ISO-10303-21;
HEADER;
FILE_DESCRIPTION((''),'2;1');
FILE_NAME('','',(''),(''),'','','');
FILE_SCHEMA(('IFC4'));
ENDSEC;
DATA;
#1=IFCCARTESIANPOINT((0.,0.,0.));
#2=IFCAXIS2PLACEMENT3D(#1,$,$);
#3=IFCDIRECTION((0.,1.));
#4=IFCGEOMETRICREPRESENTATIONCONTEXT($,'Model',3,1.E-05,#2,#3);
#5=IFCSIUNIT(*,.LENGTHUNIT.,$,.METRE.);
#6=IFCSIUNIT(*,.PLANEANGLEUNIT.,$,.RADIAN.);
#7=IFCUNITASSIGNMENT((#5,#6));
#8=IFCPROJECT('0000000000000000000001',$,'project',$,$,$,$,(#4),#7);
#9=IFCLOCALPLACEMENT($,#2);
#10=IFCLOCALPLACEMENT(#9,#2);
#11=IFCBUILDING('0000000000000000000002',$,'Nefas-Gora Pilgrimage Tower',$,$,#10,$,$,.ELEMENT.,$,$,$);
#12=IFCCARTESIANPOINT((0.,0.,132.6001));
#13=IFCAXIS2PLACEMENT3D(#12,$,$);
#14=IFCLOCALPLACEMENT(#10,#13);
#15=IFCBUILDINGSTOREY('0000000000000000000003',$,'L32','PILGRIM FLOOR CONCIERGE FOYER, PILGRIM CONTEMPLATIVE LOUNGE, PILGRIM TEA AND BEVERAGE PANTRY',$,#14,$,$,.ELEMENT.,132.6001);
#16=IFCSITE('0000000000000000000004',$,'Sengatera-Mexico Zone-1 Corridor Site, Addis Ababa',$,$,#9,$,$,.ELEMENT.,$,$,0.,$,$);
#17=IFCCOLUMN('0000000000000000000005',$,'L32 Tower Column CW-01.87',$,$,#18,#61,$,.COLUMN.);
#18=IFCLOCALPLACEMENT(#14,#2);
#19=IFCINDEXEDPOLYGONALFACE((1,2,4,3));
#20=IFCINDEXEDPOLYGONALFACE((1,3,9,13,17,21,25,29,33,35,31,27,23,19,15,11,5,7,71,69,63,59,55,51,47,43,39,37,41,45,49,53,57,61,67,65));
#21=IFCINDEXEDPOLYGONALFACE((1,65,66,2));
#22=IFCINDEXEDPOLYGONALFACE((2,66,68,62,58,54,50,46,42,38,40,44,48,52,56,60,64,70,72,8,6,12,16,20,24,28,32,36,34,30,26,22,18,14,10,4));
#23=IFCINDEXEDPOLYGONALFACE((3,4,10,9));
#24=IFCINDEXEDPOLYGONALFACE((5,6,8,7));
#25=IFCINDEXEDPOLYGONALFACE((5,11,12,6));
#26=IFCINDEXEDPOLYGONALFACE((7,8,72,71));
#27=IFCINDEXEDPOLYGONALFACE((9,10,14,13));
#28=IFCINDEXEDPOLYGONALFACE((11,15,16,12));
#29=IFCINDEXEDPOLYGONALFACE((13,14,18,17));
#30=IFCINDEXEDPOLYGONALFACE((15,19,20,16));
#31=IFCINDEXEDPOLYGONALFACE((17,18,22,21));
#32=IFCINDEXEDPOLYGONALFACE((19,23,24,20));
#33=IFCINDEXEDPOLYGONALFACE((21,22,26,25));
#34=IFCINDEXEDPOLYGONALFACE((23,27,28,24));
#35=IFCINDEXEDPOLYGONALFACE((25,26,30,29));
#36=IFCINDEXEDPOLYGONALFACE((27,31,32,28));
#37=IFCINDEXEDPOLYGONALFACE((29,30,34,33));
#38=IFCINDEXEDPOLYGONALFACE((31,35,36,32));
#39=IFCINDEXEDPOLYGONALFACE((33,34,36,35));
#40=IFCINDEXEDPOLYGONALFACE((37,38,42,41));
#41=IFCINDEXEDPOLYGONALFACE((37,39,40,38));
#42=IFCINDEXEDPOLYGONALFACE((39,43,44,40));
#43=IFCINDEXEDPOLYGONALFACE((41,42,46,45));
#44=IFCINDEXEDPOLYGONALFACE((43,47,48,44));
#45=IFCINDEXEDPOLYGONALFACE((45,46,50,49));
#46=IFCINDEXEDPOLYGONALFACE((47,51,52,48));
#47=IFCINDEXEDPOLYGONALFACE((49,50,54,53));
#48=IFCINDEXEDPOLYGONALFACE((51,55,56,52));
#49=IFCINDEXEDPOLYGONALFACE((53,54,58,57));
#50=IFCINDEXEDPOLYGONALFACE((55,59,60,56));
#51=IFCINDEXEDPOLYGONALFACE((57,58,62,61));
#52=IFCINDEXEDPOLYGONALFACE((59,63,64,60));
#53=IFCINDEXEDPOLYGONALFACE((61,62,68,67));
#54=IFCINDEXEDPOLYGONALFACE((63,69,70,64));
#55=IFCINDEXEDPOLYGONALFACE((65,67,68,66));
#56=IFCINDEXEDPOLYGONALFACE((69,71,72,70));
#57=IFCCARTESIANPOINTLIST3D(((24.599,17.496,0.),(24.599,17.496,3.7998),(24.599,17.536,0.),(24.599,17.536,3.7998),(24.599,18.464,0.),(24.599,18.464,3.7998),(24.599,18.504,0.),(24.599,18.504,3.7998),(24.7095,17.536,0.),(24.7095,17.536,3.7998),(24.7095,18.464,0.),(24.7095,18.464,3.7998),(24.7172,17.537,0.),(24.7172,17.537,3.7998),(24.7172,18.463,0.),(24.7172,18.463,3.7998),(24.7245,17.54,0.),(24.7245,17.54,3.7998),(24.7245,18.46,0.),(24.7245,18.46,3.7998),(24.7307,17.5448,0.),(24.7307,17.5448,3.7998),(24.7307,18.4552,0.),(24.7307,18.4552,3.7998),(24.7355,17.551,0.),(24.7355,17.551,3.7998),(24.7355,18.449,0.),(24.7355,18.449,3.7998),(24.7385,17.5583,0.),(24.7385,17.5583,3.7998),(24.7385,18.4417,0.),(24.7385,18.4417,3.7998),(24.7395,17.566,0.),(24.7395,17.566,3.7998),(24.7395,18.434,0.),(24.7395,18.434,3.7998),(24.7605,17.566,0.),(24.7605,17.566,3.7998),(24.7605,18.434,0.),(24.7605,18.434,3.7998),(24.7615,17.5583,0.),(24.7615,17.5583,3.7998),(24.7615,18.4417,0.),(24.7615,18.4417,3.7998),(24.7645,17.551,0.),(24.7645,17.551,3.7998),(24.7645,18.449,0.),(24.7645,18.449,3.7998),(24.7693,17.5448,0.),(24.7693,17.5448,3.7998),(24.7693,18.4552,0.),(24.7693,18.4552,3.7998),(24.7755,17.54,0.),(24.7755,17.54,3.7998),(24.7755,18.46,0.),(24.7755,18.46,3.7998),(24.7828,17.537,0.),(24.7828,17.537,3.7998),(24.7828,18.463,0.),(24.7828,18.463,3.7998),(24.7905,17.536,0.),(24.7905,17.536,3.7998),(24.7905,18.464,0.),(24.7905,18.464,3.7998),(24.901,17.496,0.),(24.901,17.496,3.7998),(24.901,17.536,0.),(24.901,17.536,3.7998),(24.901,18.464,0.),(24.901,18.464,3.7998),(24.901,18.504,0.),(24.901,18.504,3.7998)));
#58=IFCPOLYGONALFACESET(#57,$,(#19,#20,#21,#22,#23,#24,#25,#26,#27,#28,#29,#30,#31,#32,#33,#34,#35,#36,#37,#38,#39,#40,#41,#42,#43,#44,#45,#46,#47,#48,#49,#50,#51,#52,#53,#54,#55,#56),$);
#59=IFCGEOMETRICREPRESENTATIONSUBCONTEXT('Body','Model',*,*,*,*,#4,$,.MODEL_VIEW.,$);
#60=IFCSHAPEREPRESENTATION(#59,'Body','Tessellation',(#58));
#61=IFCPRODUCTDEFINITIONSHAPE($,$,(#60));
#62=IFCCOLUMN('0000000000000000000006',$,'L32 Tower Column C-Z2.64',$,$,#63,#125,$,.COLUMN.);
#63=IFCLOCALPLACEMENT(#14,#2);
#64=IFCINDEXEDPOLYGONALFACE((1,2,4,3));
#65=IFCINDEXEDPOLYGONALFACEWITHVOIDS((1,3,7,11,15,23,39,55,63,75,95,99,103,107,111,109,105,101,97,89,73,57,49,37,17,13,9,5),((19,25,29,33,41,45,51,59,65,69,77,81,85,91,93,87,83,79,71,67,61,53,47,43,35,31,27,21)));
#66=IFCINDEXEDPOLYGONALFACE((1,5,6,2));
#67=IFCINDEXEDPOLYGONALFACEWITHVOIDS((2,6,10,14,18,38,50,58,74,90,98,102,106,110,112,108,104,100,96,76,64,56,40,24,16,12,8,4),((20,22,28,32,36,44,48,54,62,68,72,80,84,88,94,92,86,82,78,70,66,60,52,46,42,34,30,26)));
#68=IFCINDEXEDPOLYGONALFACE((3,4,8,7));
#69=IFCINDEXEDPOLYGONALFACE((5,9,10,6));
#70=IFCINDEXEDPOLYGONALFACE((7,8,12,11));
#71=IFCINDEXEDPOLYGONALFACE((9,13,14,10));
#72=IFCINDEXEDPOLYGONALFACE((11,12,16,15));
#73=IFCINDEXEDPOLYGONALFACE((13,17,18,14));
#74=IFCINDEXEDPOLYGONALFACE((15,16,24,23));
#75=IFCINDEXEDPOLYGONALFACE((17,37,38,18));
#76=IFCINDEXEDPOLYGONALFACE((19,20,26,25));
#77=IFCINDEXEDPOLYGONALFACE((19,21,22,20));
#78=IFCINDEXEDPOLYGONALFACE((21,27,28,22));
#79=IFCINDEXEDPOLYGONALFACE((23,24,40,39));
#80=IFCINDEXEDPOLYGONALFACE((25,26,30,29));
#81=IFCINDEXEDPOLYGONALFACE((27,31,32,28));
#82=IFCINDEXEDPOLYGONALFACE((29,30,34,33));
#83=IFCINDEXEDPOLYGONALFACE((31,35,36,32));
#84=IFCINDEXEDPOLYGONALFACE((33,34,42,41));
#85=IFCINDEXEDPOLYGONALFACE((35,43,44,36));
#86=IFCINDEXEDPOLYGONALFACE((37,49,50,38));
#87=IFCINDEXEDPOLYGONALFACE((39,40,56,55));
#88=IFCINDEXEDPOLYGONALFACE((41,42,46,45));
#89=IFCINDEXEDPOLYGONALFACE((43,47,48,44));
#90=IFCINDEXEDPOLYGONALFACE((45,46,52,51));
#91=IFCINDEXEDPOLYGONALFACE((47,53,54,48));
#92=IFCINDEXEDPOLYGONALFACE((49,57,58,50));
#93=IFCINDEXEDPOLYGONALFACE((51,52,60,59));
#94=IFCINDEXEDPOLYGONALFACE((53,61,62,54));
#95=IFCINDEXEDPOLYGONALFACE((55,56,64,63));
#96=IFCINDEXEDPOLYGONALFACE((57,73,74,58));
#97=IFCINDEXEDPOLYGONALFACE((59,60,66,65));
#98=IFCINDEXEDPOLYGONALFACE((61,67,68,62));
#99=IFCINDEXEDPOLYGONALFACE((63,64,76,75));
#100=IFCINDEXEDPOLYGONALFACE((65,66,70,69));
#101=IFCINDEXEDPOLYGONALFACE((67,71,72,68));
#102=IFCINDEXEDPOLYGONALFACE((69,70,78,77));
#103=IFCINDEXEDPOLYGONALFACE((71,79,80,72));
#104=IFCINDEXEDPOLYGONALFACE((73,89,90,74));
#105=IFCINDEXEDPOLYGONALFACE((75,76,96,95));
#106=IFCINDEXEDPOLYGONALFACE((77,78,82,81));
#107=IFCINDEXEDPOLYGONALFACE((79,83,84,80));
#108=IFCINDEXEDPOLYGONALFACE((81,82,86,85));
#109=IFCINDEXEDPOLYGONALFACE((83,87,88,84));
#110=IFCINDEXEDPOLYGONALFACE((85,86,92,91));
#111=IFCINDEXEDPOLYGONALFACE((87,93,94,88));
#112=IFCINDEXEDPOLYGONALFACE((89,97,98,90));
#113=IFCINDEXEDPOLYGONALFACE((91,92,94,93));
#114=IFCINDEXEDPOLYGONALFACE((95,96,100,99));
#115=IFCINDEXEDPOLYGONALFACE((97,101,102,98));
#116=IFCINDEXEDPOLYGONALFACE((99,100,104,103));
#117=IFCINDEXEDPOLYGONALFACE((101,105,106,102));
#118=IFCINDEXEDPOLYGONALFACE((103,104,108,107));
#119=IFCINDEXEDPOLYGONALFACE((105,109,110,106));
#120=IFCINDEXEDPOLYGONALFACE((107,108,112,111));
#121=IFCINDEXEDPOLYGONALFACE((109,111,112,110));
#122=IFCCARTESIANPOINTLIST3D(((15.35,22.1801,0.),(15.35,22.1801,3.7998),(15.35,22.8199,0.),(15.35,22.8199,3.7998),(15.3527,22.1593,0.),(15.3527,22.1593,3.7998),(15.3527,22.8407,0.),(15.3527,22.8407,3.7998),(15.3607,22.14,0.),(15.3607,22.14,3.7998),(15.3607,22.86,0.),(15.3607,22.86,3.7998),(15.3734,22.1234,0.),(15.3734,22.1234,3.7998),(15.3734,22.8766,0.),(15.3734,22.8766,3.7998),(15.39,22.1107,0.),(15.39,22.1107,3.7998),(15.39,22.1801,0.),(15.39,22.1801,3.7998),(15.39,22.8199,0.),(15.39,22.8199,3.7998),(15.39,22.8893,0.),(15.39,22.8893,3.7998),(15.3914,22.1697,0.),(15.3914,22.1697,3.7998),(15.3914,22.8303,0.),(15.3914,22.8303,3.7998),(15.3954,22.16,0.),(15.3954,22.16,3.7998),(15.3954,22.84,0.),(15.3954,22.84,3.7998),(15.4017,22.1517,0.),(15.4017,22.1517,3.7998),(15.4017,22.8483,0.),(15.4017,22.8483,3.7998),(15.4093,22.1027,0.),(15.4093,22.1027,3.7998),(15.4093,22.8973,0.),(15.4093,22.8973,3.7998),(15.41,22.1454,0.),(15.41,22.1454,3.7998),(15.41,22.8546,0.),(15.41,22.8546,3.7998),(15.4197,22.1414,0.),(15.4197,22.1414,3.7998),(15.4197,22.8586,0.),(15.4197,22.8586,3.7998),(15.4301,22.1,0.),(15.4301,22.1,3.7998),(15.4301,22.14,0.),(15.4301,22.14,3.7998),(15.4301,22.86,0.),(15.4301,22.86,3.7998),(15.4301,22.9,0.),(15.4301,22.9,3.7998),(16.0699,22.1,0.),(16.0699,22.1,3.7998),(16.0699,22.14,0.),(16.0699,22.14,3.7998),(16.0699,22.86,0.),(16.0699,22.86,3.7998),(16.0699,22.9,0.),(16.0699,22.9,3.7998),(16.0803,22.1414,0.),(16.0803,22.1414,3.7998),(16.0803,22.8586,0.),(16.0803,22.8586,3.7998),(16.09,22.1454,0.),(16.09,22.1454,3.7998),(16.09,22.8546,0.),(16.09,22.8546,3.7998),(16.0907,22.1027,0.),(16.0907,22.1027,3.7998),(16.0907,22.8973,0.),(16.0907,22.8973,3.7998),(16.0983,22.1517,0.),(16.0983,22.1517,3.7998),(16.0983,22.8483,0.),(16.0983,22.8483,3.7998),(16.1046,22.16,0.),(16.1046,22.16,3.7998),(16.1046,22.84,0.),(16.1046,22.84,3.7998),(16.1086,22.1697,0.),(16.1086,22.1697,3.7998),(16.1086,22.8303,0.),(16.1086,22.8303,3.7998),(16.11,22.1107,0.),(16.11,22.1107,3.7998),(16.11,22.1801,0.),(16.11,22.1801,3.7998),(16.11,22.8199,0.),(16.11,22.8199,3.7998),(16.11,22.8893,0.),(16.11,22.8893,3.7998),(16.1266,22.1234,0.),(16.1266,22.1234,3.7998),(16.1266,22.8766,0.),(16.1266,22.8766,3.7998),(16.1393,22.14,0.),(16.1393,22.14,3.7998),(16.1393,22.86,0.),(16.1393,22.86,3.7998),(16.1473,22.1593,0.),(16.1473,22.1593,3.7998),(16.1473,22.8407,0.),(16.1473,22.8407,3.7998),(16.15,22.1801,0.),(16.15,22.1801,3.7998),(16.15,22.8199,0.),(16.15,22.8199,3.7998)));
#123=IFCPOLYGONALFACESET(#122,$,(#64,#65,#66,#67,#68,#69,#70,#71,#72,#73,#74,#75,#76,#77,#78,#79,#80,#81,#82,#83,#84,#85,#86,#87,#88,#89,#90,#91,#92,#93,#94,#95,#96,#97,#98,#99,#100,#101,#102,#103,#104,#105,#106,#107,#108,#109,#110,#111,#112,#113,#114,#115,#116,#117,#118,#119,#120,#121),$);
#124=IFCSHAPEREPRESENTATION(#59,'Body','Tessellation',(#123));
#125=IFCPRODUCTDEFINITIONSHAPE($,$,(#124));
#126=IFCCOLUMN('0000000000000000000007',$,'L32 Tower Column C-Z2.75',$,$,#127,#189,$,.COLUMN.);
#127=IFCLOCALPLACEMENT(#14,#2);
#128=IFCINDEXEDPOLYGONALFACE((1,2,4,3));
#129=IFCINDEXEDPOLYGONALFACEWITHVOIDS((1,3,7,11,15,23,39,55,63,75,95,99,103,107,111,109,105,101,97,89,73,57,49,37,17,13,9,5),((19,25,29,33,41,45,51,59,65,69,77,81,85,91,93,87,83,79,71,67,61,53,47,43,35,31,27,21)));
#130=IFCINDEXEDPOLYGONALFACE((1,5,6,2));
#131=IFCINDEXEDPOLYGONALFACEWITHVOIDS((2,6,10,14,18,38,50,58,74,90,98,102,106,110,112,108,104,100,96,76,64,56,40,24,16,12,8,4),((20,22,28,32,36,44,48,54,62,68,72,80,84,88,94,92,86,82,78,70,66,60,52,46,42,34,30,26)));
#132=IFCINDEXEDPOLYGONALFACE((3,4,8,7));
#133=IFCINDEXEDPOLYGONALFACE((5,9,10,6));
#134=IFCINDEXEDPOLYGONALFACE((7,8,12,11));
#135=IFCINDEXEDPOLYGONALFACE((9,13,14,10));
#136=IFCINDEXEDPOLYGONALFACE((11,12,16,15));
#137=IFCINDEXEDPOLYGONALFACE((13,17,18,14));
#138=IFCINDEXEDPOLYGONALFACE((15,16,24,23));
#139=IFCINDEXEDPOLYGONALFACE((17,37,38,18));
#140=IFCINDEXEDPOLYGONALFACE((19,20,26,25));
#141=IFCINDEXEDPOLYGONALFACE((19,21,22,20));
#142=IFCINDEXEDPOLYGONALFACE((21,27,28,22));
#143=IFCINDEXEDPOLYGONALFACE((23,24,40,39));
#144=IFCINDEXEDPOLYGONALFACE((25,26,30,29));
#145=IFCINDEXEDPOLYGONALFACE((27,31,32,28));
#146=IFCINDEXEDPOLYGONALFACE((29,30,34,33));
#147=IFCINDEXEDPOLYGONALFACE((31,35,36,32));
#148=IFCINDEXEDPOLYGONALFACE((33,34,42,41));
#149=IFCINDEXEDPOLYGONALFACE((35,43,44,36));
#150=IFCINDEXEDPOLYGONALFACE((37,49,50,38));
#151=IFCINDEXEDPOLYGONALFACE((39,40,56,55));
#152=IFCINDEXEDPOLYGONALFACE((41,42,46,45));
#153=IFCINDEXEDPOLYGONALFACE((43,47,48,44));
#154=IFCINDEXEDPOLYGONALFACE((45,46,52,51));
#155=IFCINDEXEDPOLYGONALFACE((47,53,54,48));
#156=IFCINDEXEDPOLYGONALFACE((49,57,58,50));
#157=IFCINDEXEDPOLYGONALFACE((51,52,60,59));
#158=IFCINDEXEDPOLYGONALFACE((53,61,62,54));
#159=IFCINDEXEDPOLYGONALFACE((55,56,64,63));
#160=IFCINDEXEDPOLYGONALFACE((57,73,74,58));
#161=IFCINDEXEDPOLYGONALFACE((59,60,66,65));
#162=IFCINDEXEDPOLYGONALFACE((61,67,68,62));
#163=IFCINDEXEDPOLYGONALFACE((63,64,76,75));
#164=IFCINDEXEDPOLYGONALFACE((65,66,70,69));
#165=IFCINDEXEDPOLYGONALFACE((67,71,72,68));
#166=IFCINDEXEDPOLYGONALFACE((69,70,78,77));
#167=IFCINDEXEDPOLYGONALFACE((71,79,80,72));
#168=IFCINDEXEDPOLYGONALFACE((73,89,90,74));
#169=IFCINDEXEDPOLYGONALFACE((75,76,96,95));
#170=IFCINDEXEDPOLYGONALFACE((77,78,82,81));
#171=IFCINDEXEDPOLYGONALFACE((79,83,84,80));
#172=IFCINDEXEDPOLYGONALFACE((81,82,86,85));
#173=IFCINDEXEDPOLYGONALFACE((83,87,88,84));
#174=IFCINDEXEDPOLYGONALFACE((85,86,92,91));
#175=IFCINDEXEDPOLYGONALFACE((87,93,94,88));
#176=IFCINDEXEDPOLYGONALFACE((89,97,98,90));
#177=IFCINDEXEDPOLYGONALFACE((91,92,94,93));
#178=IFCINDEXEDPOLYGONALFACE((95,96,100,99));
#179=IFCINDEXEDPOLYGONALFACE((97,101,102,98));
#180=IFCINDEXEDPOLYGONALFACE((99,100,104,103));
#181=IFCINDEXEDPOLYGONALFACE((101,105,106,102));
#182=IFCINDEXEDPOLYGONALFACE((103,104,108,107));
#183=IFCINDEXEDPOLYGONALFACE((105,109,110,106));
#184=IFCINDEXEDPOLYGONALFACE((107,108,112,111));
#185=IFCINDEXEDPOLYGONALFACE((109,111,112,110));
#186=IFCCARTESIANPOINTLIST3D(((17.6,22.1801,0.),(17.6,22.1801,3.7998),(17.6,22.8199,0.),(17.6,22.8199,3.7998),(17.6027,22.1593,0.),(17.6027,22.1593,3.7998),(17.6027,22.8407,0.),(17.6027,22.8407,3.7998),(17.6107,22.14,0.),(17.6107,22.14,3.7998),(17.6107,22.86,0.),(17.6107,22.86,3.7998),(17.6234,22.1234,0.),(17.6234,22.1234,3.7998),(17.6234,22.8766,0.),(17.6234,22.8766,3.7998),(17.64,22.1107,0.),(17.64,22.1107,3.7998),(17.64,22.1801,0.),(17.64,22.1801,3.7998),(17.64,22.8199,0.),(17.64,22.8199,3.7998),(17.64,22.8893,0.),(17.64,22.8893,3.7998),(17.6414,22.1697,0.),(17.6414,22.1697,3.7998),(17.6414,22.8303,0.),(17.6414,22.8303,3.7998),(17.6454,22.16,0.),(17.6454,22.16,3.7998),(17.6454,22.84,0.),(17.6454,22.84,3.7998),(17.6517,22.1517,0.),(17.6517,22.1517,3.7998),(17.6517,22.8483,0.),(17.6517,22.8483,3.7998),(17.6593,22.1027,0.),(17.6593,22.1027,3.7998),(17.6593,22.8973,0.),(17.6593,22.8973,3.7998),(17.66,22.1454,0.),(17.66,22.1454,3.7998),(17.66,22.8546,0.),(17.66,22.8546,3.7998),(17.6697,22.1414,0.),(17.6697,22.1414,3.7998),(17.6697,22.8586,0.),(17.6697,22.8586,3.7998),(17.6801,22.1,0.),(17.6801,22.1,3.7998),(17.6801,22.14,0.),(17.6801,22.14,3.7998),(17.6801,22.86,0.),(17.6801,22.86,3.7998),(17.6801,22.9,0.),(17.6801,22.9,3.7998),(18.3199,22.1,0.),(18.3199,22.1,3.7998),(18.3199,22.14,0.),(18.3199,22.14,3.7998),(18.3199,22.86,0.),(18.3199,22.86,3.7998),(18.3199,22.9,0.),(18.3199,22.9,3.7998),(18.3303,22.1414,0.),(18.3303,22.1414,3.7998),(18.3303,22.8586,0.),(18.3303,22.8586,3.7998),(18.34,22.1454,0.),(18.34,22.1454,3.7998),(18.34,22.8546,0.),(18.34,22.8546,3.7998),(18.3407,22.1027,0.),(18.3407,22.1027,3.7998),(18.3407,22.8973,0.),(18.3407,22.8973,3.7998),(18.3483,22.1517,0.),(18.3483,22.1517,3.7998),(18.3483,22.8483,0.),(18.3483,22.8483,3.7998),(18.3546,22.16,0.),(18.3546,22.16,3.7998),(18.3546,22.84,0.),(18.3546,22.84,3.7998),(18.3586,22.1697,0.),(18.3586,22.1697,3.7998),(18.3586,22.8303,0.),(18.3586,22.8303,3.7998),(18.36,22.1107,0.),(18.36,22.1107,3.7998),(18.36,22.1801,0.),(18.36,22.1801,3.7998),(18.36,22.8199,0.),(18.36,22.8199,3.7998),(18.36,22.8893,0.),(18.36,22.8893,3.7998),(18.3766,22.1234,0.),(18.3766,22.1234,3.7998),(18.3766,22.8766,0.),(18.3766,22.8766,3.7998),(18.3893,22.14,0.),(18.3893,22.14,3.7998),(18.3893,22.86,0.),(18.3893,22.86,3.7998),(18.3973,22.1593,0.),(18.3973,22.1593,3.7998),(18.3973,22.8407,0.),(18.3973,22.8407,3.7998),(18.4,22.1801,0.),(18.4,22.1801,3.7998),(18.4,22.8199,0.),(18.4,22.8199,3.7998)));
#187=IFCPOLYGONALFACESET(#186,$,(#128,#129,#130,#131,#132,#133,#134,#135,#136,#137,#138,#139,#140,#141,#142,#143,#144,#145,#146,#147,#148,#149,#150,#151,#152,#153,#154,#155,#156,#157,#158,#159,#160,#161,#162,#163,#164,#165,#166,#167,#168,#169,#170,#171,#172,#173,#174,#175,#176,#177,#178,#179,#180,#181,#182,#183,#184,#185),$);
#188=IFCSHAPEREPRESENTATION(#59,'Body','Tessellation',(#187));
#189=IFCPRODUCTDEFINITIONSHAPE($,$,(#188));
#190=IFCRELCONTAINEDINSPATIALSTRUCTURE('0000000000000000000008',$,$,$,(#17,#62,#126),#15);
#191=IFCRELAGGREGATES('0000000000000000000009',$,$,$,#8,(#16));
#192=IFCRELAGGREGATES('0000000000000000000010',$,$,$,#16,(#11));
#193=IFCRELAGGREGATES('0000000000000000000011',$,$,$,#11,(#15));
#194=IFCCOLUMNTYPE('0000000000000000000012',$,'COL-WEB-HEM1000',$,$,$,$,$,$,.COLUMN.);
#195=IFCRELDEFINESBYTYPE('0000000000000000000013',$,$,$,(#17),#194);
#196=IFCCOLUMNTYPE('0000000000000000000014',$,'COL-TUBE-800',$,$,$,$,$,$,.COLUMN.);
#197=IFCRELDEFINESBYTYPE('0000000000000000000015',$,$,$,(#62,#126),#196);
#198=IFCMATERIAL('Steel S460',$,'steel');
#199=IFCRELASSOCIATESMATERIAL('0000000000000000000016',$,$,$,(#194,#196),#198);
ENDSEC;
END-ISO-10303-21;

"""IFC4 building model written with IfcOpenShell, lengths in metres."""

from ifc_helpers import new_model, si_unit, direction, frame, origin, origin_2d, place, context, subcontext, project, spatial, hollow_rectangle, i_section, extrude, source, transform, mapped, material, material_profile, profile_set, type_object, element, save


model = new_model("IFC4")

# Units and contexts
model_context = context("Model", 3, precision=1e-05, world=origin(), true_north=direction((0.0, 1.0)))
body_context = subcontext(model_context, "Body", "Model", "MODEL_VIEW")
ifc_project = project(units=[si_unit("LENGTHUNIT", "METRE"), si_unit("PLANEANGLEUNIT", "RADIAN")], contexts=[model_context])

# Site, building, storey
site_placement = place(None, origin())
site = spatial("IfcSite", under=ifc_project, at=site_placement, Name="Sengatera-Mexico Zone-1 Corridor Site, Addis Ababa", CompositionType="ELEMENT", RefElevation=0.0)
building_placement = place(site_placement, origin())
building = spatial("IfcBuilding", under=site, at=building_placement, Name="Nefas-Gora Pilgrimage Tower", CompositionType="ELEMENT")
storey_placement = place(building_placement, frame((0.0, 0.0, 132.6001)))
storey = spatial("IfcBuildingStorey", under=building, at=storey_placement, Name="L32", Description="PILGRIM FLOOR CONCIERGE FOYER, PILGRIM CONTEMPLATIVE LOUNGE, PILGRIM TEA AND BEVERAGE PANTRY", CompositionType="ELEMENT", Elevation=132.6001)

# Columns
ifc_material_1 = material(Name="Steel S460", Category="steel")
ifc_material_profile_1 = material_profile(ifc_material_1, i_section(OverallWidth=0.302, OverallDepth=1.0081, WebThickness=0.021, FlangeThickness=0.04, FilletRadius=0.03, at=origin_2d()), Name="HEM 1000")
ifc_profile_set_1 = profile_set([ifc_material_profile_1], Name="Steel S460")
column_type_1 = type_object("IfcColumnType", Name="COL-WEB-HEM1000", PredefinedType="COLUMN", material=ifc_profile_set_1)
shared_shape_1 = source(origin(), body_context, "Body", "SweptSolid", [
    extrude(i_section(OverallWidth=0.302, OverallDepth=1.0081, WebThickness=0.021, FlangeThickness=0.04, FilletRadius=0.03, at=origin_2d()), origin(), (0.0, 0.0, 1.0), 3.7998),
])
for number, where, z_axis, x_axis, name in (
    (1, (24.75, 18.0, 0.0), (0.0, 0.0, 1.0), (1.0, 0.0, 0.0), "L32 Tower Column CW-01.87"),
):
    element("IfcColumn", number, at=place(storey_placement, frame(where, z_axis=z_axis, x_axis=x_axis)), inside=storey, type_object=column_type_1, Name=name, PredefinedType="COLUMN", context=body_context, shape_type="MappedRepresentation", body=[
        mapped(shared_shape_1, transform((0.0, 0.0, 0.0), x_axis=(1.0, 0.0, 0.0), y_axis=(0.0, 1.0, 0.0), z_axis=(0.0, 0.0, 1.0), scale=1.0)),
    ])
ifc_material_profile_2 = material_profile(ifc_material_1, hollow_rectangle(XDim=0.8, YDim=0.8, WallThickness=0.04, InnerFilletRadius=0.04, OuterFilletRadius=0.0801, at=origin_2d()), Name="BOX 800x800x40")
ifc_profile_set_2 = profile_set([ifc_material_profile_2], Name="Steel S460")
column_type_2 = type_object("IfcColumnType", Name="COL-TUBE-800", PredefinedType="COLUMN", material=ifc_profile_set_2)
shared_shape_2 = source(origin(), body_context, "Body", "SweptSolid", [
    extrude(hollow_rectangle(XDim=0.8, YDim=0.8, WallThickness=0.04, InnerFilletRadius=0.04, OuterFilletRadius=0.0801, at=origin_2d()), origin(), (0.0, 0.0, 1.0), 3.7998),
])
for number, where, z_axis, x_axis, name in (
    (2, (15.75, 22.5, 0.0), (0.0, 0.0, 1.0), (1.0, 0.0, 0.0), "L32 Tower Column C-Z2.64"),
    (3, (18.0, 22.5, 0.0), (0.0, 0.0, 1.0), (1.0, 0.0, 0.0), "L32 Tower Column C-Z2.75"),
):
    element("IfcColumn", number, at=place(storey_placement, frame(where, z_axis=z_axis, x_axis=x_axis)), inside=storey, type_object=column_type_2, Name=name, PredefinedType="COLUMN", context=body_context, shape_type="MappedRepresentation", body=[
        mapped(shared_shape_2, transform((0.0, 0.0, 0.0), x_axis=(1.0, 0.0, 0.0), y_axis=(0.0, 1.0, 0.0), z_axis=(0.0, 0.0, 1.0), scale=1.0)),
    ])

save(model, "model.ifc")
